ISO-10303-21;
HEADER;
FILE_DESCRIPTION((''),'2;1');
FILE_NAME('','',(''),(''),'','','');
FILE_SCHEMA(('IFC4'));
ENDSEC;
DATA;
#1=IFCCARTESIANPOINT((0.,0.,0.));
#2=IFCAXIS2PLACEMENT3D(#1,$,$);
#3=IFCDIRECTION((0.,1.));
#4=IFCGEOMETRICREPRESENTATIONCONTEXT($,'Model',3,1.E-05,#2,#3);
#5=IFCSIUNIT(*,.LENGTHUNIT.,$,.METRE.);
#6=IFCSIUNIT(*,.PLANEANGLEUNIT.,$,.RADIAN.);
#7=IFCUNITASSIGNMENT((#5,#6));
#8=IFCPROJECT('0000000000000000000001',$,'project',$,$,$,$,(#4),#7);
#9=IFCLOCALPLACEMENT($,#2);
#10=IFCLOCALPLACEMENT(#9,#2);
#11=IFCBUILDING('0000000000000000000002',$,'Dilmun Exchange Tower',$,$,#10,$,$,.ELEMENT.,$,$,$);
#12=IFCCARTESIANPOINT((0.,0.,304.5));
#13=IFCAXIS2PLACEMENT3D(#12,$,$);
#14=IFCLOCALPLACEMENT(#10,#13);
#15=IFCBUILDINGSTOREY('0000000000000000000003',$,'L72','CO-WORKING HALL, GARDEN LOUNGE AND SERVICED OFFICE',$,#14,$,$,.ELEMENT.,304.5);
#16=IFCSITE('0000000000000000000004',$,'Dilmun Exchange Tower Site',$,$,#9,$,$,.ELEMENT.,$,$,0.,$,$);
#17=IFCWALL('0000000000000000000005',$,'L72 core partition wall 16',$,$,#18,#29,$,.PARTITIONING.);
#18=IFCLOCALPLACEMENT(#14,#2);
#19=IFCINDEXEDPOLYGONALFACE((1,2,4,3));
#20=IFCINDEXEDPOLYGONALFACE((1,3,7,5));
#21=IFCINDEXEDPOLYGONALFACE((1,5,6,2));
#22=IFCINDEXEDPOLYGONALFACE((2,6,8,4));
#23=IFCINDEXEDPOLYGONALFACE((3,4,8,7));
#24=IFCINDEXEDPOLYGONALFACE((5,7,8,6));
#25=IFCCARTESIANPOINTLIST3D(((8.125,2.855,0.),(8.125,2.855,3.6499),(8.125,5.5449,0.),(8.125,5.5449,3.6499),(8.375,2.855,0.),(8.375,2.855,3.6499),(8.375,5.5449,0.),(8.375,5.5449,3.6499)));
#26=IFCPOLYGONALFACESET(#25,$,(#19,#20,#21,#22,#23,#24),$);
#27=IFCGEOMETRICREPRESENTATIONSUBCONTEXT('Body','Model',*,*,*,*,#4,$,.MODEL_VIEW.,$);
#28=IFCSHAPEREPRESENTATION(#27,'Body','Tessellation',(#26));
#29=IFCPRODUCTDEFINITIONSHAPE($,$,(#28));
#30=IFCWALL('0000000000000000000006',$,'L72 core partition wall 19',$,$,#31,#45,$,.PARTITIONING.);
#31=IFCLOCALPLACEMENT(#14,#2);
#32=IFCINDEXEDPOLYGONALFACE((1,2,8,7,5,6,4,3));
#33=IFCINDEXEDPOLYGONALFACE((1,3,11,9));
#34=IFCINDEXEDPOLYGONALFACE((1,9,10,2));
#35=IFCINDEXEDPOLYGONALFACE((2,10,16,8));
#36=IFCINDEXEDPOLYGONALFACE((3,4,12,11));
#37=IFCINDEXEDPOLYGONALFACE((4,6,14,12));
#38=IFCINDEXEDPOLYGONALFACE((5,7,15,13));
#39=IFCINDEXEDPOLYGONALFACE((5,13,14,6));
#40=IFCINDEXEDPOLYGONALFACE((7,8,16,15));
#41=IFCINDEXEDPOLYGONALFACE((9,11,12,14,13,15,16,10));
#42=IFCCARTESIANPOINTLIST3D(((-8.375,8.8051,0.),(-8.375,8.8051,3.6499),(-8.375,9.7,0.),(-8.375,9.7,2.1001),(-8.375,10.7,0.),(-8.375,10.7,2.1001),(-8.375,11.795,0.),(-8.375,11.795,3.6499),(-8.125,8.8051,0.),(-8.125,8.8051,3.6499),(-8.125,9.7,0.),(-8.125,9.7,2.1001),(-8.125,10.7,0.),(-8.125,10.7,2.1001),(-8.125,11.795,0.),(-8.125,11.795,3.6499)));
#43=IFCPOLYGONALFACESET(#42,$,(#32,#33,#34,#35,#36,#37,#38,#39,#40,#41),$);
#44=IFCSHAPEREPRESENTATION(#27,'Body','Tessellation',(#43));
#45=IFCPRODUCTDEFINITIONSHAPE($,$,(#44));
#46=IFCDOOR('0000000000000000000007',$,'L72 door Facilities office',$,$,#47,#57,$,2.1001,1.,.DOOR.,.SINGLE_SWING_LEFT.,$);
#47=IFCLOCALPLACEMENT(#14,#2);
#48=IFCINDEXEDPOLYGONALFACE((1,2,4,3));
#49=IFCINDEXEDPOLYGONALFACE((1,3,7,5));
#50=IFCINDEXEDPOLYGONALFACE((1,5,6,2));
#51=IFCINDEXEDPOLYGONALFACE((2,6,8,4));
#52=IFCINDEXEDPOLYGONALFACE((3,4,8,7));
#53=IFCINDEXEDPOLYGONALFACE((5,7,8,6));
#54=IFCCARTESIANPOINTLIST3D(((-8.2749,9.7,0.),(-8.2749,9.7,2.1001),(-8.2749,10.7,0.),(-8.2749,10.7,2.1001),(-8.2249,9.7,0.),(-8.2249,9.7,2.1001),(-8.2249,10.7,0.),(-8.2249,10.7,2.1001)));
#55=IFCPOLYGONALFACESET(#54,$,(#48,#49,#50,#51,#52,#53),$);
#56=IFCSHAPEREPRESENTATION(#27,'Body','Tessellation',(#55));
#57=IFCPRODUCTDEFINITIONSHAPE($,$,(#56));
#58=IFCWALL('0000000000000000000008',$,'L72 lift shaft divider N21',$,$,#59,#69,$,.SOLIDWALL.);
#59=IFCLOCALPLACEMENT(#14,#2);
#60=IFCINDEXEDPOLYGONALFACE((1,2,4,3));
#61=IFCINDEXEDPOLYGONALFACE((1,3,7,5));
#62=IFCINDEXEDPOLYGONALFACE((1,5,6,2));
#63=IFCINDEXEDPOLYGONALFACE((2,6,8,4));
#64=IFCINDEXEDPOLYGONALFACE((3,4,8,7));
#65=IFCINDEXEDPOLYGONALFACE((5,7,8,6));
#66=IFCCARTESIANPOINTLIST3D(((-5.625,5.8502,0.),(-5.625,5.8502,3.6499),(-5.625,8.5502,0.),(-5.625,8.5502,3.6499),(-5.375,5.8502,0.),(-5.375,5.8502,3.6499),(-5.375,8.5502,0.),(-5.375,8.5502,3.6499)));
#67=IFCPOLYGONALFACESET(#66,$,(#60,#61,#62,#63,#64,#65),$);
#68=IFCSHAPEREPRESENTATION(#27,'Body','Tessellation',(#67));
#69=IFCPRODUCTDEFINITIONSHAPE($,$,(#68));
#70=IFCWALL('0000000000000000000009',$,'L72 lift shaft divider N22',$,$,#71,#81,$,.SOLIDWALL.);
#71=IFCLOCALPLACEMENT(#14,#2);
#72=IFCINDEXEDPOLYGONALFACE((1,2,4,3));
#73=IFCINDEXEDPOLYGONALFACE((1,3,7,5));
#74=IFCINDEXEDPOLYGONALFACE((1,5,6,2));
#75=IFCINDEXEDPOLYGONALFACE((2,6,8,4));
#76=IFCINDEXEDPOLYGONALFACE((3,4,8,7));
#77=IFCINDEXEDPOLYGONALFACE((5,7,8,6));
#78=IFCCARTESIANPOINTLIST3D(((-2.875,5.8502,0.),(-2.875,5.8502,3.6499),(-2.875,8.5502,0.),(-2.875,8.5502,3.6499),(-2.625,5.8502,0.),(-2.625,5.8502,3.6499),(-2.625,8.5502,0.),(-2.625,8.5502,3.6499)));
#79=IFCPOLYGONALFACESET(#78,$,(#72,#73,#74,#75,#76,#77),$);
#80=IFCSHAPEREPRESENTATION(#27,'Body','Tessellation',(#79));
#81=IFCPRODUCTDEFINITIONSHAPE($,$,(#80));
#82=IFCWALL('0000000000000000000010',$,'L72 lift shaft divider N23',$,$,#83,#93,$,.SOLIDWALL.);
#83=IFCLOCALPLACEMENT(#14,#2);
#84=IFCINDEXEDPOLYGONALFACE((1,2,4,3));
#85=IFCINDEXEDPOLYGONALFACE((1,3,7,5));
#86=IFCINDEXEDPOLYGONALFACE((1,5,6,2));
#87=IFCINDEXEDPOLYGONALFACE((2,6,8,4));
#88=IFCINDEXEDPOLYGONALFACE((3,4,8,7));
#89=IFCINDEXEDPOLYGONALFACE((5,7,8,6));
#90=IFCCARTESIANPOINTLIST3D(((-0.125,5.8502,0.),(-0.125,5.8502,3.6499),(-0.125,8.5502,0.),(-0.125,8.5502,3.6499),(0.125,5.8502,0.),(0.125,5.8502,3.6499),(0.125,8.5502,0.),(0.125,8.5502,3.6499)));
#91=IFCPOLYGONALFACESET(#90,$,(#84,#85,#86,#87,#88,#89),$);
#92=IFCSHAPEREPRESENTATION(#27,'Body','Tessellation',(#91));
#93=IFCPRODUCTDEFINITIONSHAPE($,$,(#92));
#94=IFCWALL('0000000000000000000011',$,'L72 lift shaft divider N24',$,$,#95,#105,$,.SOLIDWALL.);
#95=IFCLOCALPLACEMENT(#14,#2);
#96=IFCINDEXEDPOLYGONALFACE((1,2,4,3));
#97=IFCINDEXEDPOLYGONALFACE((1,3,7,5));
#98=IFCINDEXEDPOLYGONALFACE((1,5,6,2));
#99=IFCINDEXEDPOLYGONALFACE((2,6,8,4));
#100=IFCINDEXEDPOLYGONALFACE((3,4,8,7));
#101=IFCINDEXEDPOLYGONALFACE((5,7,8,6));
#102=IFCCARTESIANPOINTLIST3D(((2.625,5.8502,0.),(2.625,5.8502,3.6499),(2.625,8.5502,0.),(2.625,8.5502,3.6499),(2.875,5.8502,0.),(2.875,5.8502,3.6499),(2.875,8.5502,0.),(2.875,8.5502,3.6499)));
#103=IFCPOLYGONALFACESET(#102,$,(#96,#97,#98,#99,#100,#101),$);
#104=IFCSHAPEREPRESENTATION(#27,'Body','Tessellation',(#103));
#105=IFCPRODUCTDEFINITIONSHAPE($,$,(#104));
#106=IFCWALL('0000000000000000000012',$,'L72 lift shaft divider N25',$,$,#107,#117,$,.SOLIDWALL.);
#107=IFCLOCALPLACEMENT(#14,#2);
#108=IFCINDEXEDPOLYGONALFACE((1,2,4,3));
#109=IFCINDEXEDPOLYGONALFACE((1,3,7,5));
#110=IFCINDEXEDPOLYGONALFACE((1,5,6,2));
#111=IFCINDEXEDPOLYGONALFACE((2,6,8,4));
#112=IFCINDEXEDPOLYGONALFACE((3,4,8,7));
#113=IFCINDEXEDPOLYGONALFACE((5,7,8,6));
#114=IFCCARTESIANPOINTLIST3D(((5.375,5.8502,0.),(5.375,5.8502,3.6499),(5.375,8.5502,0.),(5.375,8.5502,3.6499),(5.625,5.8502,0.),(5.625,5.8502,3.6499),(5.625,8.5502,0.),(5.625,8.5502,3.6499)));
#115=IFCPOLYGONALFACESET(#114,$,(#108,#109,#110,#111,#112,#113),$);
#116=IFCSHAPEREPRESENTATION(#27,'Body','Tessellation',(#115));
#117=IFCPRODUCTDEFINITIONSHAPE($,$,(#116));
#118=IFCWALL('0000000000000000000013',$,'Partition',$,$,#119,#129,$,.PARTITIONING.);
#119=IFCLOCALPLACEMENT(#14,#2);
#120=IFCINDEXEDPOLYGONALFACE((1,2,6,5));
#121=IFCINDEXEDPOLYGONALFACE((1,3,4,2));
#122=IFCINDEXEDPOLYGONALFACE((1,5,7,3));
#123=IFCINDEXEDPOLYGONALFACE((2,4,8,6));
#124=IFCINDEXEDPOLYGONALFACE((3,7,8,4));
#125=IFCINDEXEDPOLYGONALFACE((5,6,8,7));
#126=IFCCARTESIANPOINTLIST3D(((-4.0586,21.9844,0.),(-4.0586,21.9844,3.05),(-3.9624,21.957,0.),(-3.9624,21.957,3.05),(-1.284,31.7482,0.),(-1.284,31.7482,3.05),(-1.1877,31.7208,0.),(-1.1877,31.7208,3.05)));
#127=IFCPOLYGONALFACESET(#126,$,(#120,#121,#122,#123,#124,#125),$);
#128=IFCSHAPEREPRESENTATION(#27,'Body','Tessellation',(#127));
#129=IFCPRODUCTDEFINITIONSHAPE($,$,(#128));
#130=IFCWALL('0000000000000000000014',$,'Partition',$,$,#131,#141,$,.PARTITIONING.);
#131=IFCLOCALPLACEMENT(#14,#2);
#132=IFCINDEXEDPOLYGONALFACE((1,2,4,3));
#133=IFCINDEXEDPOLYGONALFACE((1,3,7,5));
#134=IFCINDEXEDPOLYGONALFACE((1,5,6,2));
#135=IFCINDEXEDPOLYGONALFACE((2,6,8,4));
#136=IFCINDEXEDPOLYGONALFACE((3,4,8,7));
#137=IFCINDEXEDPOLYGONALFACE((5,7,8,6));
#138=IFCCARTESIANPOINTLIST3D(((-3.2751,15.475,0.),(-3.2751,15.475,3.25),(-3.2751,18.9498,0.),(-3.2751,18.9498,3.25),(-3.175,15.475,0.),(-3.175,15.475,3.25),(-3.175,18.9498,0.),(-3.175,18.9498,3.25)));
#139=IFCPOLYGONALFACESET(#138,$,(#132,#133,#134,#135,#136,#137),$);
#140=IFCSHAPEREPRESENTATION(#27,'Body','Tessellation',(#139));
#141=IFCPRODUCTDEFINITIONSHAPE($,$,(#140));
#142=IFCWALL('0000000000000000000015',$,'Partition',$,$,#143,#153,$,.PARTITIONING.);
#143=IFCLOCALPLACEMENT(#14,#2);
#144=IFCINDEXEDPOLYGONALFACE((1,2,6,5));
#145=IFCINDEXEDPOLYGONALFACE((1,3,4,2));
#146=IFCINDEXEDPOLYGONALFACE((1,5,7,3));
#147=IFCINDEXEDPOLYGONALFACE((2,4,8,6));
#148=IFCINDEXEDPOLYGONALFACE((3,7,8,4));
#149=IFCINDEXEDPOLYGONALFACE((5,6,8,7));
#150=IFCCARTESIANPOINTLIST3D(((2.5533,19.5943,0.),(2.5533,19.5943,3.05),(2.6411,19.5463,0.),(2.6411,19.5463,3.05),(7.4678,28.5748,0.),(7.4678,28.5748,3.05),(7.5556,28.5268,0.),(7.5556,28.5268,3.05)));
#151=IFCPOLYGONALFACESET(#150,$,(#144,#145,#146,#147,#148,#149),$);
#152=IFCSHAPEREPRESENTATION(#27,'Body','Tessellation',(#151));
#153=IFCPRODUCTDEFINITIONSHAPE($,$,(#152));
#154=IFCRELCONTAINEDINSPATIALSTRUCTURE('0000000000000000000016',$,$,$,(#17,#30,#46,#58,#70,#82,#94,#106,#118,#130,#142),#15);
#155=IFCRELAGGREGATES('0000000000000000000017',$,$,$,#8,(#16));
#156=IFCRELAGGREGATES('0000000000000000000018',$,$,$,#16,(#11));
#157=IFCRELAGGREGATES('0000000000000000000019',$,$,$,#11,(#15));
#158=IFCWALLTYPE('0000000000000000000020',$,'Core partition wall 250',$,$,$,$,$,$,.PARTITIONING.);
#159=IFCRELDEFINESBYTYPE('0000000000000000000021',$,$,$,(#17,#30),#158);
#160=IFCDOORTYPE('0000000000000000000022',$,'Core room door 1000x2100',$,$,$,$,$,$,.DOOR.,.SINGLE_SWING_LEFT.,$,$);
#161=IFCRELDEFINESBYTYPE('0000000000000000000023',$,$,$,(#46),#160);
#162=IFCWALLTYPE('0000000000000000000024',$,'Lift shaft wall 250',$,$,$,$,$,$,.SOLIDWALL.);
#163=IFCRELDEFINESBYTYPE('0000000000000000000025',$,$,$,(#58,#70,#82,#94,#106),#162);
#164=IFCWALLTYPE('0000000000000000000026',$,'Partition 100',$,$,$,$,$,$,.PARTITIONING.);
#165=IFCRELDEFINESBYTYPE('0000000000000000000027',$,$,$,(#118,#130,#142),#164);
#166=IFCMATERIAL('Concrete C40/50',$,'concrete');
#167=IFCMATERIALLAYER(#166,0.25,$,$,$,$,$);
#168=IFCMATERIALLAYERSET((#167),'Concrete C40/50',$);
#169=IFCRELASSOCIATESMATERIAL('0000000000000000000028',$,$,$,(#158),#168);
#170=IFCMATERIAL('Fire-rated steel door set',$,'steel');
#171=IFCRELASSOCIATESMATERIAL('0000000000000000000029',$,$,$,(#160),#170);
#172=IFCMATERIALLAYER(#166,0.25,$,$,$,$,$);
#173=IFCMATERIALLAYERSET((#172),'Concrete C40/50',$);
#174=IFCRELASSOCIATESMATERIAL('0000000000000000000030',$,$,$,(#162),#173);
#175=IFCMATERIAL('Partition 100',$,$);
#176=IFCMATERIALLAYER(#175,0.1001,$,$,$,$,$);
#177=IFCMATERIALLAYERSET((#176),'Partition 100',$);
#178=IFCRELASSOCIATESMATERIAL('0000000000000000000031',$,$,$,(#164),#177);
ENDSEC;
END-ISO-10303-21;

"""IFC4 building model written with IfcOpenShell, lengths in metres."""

from ifc_helpers import new_model, si_unit, direction, frame, frame_2d, origin, place, context, subcontext, project, spatial, rectangle, extrude, material, layer, layer_set, type_object, element, fill, save


model = new_model("IFC4")

# Units and contexts
model_context = context("Model", 3, precision=1e-05, world=origin(), true_north=direction((0.0, 1.0)))
body_context = subcontext(model_context, "Body", "Model", "MODEL_VIEW")
ifc_project = project(units=[si_unit("LENGTHUNIT", "METRE"), si_unit("PLANEANGLEUNIT", "RADIAN")], contexts=[model_context])

# Site, building, storey
site_placement = place(None, origin())
site = spatial("IfcSite", under=ifc_project, at=site_placement, Name="Dilmun Exchange Tower Site", CompositionType="ELEMENT", RefElevation=0.0)
building_placement = place(site_placement, origin())
building = spatial("IfcBuilding", under=site, at=building_placement, Name="Dilmun Exchange Tower", CompositionType="ELEMENT")
storey_placement = place(building_placement, frame((0.0, 0.0, 304.5)))
storey = spatial("IfcBuildingStorey", under=building, at=storey_placement, Name="L72", Description="CO-WORKING HALL, GARDEN LOUNGE AND SERVICED OFFICE", CompositionType="ELEMENT", Elevation=304.5)

# Shared definitions
ifc_material_1 = material(Name="Concrete C40/50", Category="concrete")

# Wall
ifc_layer_1 = layer(ifc_material_1, 0.25)
ifc_layer_set_1 = layer_set([ifc_layer_1], Name="Concrete C40/50")
wall_type_1 = type_object("IfcWallType", Name="Core partition wall 250", PredefinedType="PARTITIONING", material=ifc_layer_set_1)
wall_1_placement = place(storey_placement, frame((8.25, 2.855, 0.0), z_axis=(0.0, 0.0, 1.0), x_axis=(0.0, 1.0, 0.0)))
element("IfcWall", 1, at=wall_1_placement, inside=storey, type_object=wall_type_1, Name="L72 core partition wall 16", PredefinedType="PARTITIONING", context=body_context, shape_type="SweptSolid", body=[
    extrude(rectangle(XDim=2.6899, YDim=0.25, at=frame_2d((1.345, 0.0))), origin(), (0.0, 0.0, 1.0), 3.6499),
])

# Wall, opening, door
wall_2_placement = place(storey_placement, frame((-8.25, 8.8049, 0.0), z_axis=(0.0, 0.0, 1.0), x_axis=(0.0, 1.0, 0.0)))
wall_2 = element("IfcWall", 2, at=wall_2_placement, inside=storey, type_object=wall_type_1, Name="L72 core partition wall 19", PredefinedType="PARTITIONING", context=body_context, shape_type="SweptSolid", body=[
    extrude(rectangle(XDim=2.99, YDim=0.25, at=frame_2d((1.4951, 0.0))), origin(), (0.0, 0.0, 1.0), 3.6499),
])
opening_placement = place(wall_2_placement, frame((0.895, 0.0, 0.0)))
opening = element("IfcOpeningElement", 3, at=opening_placement, cuts=wall_2, PredefinedType="OPENING", context=body_context, shape_type="SweptSolid", body=[
    extrude(rectangle(XDim=1.0, YDim=2.1001, at=frame_2d((0.5, 1.05))), frame((0.0, 0.135, 0.0), z_axis=(0.0, -1.0, 0.0), x_axis=(1.0, 0.0, 0.0)), (0.0, 0.0, 1.0), 0.27),
])
ifc_material_2 = material(Name="Fire-rated steel door set", Category="steel")
door_type = type_object("IfcDoorType", Name="Core room door 1000x2100", OperationType="SINGLE_SWING_LEFT", PredefinedType="DOOR", material=ifc_material_2)
door_placement = place(opening_placement, origin())
door = element("IfcDoor", 4, at=door_placement, inside=storey, type_object=door_type, Name="L72 door Facilities office", OperationType="SINGLE_SWING_LEFT", OverallHeight=2.1001, OverallWidth=1.0, PredefinedType="DOOR", context=body_context, shape_type="SweptSolid", body=[
    extrude(rectangle(XDim=1.0, YDim=2.1001, at=frame_2d((0.5, 1.05))), frame((0.0, 0.0249, 0.0), z_axis=(0.0, -1.0, 0.0), x_axis=(1.0, 0.0, 0.0)), (0.0, 0.0, 1.0), 0.05),
])
fill(opening, door)

# Walls
ifc_layer_2 = layer(ifc_material_1, 0.25)
ifc_layer_set_2 = layer_set([ifc_layer_2], Name="Concrete C40/50")
wall_type_2 = type_object("IfcWallType", Name="Lift shaft wall 250", PredefinedType="SOLIDWALL", material=ifc_layer_set_2)
for number, where, z_axis, x_axis, name in (
    (5, (-5.5, 5.8501, 0.0), (0.0, 0.0, 1.0), (0.0, 1.0, 0.0), "L72 lift shaft divider N21"),
    (6, (-2.75, 5.8501, 0.0), (0.0, 0.0, 1.0), (0.0, 1.0, 0.0), "L72 lift shaft divider N22"),
    (7, (0.0, 5.8501, 0.0), (0.0, 0.0, 1.0), (0.0, 1.0, 0.0), "L72 lift shaft divider N23"),
    (8, (2.75, 5.8501, 0.0), (0.0, 0.0, 1.0), (0.0, 1.0, 0.0), "L72 lift shaft divider N24"),
    (9, (5.5, 5.8501, 0.0), (0.0, 0.0, 1.0), (0.0, 1.0, 0.0), "L72 lift shaft divider N25"),
):
    element("IfcWall", number, at=place(storey_placement, frame(where, z_axis=z_axis, x_axis=x_axis)), inside=storey, type_object=wall_type_2, Name=name, PredefinedType="SOLIDWALL", context=body_context, shape_type="SweptSolid", body=[
        extrude(rectangle(XDim=2.7, YDim=0.25, at=frame_2d((1.3501, 0.0))), origin(), (0.0, 0.0, 1.0), 3.6499),
    ])
ifc_material_3 = material(Name="Partition 100")
ifc_layer_3 = layer(ifc_material_3, 0.1001)
ifc_layer_set_3 = layer_set([ifc_layer_3], Name="Partition 100")
wall_type_3 = type_object("IfcWallType", Name="Partition 100", PredefinedType="PARTITIONING", material=ifc_layer_set_3)
wall_3_placement = place(storey_placement, frame((-4.0105, 21.9707, 0.0), z_axis=(0.0, 0.0, 1.0), x_axis=(0.273352, 0.961914, 0.0)))
element("IfcWall", 10, at=wall_3_placement, inside=storey, type_object=wall_type_3, Name="Partition", PredefinedType="PARTITIONING", context=body_context, shape_type="SweptSolid", body=[
    extrude(rectangle(XDim=10.1504, YDim=0.1001, at=frame_2d((5.0752, 0.0))), origin(), (0.0, 0.0, 1.0), 3.05),
])
wall_4_placement = place(storey_placement, frame((-3.2251, 15.4751, 0.0), z_axis=(0.0, 0.0, 1.0), x_axis=(0.0, 1.0, 0.0)))
element("IfcWall", 11, at=wall_4_placement, inside=storey, type_object=wall_type_3, Name="Partition", PredefinedType="PARTITIONING", context=body_context, shape_type="SweptSolid", body=[
    extrude(rectangle(XDim=3.4749, YDim=0.1001, at=frame_2d((1.7373, 0.0))), origin(), (0.0, 0.0, 1.0), 3.25),
])
wall_5_placement = place(storey_placement, frame((2.5972, 19.5703, 0.0), z_axis=(0.0, 0.0, 1.0), x_axis=(0.480065, 0.877233, 0.0)))
element("IfcWall", 12, at=wall_5_placement, inside=storey, type_object=wall_type_3, Name="Partition", PredefinedType="PARTITIONING", context=body_context, shape_type="SweptSolid", body=[
    extrude(rectangle(XDim=10.2373, YDim=0.1001, at=frame_2d((5.1187, 0.0))), origin(), (0.0, 0.0, 1.0), 3.05),
])

save(model, "model.ifc")
